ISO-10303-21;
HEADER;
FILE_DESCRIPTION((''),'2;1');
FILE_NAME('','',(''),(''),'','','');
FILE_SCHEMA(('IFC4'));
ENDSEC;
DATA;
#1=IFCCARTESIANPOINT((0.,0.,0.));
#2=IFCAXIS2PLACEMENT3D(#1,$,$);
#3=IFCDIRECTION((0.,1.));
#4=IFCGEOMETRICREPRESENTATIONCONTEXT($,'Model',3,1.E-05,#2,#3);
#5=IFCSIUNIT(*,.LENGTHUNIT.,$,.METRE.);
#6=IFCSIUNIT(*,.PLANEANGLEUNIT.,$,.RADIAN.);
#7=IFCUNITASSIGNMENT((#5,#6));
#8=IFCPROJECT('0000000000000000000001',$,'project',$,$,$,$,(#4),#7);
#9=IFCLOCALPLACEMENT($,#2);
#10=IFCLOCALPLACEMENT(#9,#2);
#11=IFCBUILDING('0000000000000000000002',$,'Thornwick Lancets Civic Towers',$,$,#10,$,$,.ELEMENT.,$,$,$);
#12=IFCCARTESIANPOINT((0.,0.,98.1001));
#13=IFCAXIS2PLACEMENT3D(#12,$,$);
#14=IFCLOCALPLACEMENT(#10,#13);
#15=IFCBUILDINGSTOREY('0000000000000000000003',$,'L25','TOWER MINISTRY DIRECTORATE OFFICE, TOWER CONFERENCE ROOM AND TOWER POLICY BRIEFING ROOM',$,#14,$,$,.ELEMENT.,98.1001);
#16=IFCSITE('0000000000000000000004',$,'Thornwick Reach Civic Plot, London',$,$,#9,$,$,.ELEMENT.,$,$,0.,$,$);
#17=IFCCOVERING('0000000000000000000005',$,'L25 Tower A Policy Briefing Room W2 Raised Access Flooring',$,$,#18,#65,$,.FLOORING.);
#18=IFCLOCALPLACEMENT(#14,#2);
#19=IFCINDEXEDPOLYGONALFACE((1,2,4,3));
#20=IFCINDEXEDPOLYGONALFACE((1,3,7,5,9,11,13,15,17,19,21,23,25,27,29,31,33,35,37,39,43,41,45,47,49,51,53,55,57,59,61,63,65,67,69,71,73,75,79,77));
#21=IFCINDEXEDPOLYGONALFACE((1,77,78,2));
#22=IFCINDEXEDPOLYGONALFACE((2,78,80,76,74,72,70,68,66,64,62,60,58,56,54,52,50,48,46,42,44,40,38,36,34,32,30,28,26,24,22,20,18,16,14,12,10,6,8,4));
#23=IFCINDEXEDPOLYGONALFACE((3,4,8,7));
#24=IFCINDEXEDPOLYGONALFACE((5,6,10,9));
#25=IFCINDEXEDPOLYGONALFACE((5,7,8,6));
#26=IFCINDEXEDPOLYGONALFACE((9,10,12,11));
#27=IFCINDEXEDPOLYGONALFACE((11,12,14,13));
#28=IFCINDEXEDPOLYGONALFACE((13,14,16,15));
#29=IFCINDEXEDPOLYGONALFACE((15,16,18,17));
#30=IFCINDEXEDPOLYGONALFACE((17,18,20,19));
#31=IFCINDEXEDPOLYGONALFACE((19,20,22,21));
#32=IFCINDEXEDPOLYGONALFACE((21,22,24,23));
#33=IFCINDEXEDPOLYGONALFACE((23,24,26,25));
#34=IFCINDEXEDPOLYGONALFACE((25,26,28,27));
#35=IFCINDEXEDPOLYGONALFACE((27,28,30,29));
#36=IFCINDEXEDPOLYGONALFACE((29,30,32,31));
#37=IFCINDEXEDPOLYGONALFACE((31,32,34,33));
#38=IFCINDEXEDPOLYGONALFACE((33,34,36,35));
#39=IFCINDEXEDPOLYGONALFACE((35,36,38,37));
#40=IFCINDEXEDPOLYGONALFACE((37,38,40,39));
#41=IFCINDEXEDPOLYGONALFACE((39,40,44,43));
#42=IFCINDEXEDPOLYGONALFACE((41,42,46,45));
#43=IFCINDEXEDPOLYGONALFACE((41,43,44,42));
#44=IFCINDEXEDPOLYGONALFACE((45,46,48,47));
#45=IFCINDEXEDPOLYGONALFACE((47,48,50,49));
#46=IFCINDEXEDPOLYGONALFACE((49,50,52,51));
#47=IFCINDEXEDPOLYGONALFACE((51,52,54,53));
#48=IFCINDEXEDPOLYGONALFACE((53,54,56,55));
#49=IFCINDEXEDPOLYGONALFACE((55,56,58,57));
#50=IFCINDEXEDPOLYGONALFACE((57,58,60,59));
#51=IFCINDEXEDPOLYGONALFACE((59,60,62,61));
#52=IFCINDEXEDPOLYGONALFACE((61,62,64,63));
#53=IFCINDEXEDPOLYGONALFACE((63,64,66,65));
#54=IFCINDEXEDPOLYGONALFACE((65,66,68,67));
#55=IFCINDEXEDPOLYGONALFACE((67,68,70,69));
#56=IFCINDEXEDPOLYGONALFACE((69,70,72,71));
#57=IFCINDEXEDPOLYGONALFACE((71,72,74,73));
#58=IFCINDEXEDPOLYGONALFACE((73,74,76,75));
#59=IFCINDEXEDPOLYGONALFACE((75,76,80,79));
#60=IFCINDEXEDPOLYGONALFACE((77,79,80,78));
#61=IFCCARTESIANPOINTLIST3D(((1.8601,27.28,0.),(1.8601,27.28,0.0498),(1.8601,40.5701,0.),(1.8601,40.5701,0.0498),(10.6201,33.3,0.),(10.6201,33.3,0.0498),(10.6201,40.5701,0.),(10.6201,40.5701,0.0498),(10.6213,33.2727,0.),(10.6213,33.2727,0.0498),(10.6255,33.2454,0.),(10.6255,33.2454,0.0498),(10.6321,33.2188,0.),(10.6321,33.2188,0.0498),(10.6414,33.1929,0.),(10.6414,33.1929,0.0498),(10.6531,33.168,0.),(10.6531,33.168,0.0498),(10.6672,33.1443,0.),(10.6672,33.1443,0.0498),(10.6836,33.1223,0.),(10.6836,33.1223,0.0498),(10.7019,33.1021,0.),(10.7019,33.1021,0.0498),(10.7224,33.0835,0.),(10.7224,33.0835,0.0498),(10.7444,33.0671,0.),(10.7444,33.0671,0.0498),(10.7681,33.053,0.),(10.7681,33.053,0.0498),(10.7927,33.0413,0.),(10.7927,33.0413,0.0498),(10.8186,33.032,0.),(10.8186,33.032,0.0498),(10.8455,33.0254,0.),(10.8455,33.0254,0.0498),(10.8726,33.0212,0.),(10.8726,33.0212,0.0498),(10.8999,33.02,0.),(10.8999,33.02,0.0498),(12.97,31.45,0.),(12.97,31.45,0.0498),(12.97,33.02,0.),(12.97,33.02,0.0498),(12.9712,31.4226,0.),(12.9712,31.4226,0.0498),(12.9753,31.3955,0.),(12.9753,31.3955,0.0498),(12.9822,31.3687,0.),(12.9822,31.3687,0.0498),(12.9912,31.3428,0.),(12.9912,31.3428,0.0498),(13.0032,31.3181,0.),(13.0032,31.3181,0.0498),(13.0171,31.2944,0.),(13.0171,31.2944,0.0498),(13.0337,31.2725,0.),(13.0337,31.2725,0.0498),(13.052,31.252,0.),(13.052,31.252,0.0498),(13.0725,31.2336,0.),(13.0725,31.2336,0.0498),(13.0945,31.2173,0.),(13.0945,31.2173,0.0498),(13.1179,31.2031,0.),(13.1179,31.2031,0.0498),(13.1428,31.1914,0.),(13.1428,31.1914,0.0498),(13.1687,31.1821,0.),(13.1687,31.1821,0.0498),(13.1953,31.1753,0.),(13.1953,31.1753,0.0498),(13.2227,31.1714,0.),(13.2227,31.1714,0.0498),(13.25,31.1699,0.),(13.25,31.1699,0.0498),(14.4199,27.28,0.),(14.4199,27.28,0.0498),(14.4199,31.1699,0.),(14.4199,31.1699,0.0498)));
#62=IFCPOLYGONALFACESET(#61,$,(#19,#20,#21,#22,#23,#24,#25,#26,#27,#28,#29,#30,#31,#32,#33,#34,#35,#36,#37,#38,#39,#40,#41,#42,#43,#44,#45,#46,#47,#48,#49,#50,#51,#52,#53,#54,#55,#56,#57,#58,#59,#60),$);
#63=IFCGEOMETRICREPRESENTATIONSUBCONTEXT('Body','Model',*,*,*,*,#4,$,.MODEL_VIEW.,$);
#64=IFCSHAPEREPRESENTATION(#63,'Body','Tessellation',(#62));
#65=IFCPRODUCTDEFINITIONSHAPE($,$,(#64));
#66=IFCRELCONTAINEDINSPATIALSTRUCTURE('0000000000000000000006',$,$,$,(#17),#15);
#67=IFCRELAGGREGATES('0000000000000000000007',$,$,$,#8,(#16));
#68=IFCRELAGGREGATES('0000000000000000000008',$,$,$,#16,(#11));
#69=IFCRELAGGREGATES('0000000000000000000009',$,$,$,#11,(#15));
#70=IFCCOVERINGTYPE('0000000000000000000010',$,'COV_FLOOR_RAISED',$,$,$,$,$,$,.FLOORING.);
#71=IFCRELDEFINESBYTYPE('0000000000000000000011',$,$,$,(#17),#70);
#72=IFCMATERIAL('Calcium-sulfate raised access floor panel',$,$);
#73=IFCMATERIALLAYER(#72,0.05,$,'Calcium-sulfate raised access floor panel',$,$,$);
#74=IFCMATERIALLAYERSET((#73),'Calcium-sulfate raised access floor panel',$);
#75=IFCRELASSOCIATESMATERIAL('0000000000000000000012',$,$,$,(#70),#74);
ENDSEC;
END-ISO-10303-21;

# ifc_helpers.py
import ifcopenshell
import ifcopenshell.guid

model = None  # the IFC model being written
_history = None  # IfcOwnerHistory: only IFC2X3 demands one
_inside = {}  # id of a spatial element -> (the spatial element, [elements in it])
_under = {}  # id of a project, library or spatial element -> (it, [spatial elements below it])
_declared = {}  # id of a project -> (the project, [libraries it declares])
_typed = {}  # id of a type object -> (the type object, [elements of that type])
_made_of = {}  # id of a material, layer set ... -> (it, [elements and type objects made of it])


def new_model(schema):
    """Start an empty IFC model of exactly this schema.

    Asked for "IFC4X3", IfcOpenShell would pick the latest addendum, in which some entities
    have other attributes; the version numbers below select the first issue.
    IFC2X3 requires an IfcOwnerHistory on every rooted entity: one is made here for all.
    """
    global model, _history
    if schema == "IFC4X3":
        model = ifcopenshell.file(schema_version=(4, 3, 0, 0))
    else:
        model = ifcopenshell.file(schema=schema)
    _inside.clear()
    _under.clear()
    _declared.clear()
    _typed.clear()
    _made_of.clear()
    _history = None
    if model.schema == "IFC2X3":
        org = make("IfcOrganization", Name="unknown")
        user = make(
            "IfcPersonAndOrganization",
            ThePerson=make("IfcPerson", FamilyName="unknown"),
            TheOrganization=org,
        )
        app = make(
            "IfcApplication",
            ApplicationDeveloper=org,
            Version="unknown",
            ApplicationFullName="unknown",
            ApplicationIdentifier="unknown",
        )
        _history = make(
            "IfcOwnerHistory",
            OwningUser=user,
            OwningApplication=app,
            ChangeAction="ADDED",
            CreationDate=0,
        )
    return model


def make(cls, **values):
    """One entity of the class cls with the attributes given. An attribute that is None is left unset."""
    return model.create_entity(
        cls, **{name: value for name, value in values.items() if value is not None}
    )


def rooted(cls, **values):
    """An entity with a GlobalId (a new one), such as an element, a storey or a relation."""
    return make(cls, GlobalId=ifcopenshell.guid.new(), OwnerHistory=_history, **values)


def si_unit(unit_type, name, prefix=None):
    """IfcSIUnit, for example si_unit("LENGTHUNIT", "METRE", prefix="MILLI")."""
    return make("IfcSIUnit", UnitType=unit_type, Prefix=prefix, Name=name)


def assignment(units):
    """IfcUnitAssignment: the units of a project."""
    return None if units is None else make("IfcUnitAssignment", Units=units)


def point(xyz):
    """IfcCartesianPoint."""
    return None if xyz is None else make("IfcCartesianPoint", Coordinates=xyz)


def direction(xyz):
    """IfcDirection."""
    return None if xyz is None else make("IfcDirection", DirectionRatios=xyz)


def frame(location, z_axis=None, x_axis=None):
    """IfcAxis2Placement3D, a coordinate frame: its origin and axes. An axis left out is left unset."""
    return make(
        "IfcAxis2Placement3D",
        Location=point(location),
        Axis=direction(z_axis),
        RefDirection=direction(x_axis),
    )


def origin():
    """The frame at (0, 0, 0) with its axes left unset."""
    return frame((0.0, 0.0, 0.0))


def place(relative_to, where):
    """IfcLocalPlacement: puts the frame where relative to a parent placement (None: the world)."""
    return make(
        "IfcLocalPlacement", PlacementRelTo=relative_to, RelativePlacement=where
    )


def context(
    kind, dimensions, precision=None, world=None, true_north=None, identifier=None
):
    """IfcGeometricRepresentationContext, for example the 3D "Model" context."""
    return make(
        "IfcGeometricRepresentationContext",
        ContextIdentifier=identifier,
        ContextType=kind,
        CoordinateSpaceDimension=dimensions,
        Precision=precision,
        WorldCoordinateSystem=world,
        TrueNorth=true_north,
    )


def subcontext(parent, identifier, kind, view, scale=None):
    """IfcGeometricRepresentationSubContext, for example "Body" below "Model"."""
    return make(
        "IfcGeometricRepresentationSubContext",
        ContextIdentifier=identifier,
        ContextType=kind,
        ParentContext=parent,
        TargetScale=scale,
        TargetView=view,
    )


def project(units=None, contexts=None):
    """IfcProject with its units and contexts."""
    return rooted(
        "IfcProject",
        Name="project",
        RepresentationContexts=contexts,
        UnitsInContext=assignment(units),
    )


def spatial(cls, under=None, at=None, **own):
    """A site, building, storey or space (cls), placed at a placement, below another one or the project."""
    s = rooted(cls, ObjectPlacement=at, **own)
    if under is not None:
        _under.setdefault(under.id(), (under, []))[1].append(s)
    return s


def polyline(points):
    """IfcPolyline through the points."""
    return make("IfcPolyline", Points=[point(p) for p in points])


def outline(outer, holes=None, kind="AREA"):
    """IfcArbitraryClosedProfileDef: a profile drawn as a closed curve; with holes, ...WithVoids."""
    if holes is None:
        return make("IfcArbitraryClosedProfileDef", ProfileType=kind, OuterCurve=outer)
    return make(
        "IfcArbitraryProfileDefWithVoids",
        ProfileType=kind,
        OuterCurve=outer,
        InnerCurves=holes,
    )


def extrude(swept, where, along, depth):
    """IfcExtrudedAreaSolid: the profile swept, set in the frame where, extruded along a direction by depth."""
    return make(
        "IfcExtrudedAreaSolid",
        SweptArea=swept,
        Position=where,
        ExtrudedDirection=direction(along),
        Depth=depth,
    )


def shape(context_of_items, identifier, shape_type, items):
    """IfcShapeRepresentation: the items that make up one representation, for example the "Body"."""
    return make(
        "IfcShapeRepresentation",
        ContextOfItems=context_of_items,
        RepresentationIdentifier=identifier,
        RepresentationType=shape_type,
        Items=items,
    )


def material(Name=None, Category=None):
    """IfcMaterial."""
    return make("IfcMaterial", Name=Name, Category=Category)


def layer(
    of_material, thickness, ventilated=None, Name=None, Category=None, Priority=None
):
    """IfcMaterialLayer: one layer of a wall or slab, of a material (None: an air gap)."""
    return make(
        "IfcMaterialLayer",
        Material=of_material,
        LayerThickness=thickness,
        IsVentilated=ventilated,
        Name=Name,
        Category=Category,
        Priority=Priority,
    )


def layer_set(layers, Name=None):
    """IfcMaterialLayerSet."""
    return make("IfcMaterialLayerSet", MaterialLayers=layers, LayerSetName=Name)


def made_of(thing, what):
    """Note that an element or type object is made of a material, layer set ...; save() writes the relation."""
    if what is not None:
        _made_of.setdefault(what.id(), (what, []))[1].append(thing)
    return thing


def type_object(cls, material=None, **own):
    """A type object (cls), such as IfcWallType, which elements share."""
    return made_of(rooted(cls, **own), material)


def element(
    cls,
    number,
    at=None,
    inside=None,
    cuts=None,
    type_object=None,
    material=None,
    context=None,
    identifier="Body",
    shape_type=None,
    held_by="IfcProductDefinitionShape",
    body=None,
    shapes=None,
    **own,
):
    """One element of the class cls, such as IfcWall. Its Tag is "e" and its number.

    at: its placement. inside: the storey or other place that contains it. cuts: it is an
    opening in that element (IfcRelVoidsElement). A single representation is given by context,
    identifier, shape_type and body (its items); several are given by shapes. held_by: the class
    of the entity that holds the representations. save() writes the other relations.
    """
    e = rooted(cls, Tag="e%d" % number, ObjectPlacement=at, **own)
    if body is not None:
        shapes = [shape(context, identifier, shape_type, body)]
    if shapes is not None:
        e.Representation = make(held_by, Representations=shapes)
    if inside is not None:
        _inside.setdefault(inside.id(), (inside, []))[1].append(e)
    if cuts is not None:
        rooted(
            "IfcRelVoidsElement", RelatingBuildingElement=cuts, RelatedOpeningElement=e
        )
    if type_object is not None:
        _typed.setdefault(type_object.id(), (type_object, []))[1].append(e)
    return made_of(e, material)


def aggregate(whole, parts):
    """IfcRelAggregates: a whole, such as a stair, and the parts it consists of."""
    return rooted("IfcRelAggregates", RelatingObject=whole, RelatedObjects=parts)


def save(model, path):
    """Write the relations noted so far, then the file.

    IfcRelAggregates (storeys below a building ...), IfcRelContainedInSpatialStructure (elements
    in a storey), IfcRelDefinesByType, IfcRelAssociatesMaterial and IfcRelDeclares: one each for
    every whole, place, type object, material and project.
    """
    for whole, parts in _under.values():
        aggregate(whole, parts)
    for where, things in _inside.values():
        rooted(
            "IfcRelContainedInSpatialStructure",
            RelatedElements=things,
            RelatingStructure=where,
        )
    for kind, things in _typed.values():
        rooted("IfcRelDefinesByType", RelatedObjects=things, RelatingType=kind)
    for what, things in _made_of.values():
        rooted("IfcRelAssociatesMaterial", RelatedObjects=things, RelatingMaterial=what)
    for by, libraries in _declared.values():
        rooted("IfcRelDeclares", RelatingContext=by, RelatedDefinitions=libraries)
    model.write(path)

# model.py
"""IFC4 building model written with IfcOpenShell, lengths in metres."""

from ifc_helpers import new_model, si_unit, direction, frame, origin, place, context, subcontext, project, spatial, polyline, outline, extrude, material, layer, layer_set, type_object, element, save


model = new_model("IFC4")

# Units and contexts
model_context = context("Model", 3, precision=1e-05, world=origin(), true_north=direction((0.0, 1.0)))
body_context = subcontext(model_context, "Body", "Model", "MODEL_VIEW")
ifc_project = project(units=[si_unit("LENGTHUNIT", "METRE"), si_unit("PLANEANGLEUNIT", "RADIAN")], contexts=[model_context])

# Site, building, storey
site_placement = place(None, origin())
site = spatial("IfcSite", under=ifc_project, at=site_placement, Name="Thornwick Reach Civic Plot, London", CompositionType="ELEMENT", RefElevation=0.0)
building_placement = place(site_placement, origin())
building = spatial("IfcBuilding", under=site, at=building_placement, Name="Thornwick Lancets Civic Towers", CompositionType="ELEMENT")
storey_placement = place(building_placement, frame((0.0, 0.0, 98.1001)))
storey = spatial("IfcBuildingStorey", under=building, at=storey_placement, Name="L25", Description="TOWER MINISTRY DIRECTORATE OFFICE, TOWER CONFERENCE ROOM AND TOWER POLICY BRIEFING ROOM", CompositionType="ELEMENT", Elevation=98.1001)

# Covering
ifc_material_1 = material(Name="Calcium-sulfate raised access floor panel")
ifc_layer_1 = layer(ifc_material_1, 0.05, Name="Calcium-sulfate raised access floor panel")
ifc_layer_set_1 = layer_set([ifc_layer_1], Name="Calcium-sulfate raised access floor panel")
covering_type_1 = type_object("IfcCoveringType", Name="COV_FLOOR_RAISED", PredefinedType="FLOORING", material=ifc_layer_set_1)
covering_1_placement = place(storey_placement, origin())
element("IfcCovering", 1, at=covering_1_placement, inside=storey, type_object=covering_type_1, Name="L25 Tower A Policy Briefing Room W2 Raised Access Flooring", PredefinedType="FLOORING", context=body_context, shape_type="SweptSolid", body=[
    extrude(outline(polyline([(10.6201, 40.5701), (10.6201, 33.3), (10.6213, 33.2727), (10.6255, 33.2454), (10.6321, 33.2188), (10.6414, 33.1929), (10.6531, 33.168), (10.6672, 33.1443), (10.6836, 33.1223), (10.7019, 33.1021), (10.7224, 33.0835), (10.7444, 33.0671), (10.7681, 33.053), (10.7927, 33.0413), (10.8186, 33.032), (10.8455, 33.0254), (10.8726, 33.0212), (10.8999, 33.02), (12.97, 33.02), (12.97, 31.45), (12.9712, 31.4226), (12.9753, 31.3955), (12.9822, 31.3687), (12.9912, 31.3428), (13.0032, 31.3181), (13.0171, 31.2944), (13.0337, 31.2725), (13.052, 31.252), (13.0725, 31.2336), (13.0945, 31.2173), (13.1179, 31.2031), (13.1428, 31.1914), (13.1687, 31.1821), (13.1953, 31.1753), (13.2227, 31.1714), (13.25, 31.1699), (14.4199, 31.1699), (14.4199, 27.28), (1.8601, 27.28), (1.8601, 40.5701), (10.6201, 40.5701)])), origin(), (0.0, 0.0, 1.0), 0.0498),
])

save(model, "model.ifc")
